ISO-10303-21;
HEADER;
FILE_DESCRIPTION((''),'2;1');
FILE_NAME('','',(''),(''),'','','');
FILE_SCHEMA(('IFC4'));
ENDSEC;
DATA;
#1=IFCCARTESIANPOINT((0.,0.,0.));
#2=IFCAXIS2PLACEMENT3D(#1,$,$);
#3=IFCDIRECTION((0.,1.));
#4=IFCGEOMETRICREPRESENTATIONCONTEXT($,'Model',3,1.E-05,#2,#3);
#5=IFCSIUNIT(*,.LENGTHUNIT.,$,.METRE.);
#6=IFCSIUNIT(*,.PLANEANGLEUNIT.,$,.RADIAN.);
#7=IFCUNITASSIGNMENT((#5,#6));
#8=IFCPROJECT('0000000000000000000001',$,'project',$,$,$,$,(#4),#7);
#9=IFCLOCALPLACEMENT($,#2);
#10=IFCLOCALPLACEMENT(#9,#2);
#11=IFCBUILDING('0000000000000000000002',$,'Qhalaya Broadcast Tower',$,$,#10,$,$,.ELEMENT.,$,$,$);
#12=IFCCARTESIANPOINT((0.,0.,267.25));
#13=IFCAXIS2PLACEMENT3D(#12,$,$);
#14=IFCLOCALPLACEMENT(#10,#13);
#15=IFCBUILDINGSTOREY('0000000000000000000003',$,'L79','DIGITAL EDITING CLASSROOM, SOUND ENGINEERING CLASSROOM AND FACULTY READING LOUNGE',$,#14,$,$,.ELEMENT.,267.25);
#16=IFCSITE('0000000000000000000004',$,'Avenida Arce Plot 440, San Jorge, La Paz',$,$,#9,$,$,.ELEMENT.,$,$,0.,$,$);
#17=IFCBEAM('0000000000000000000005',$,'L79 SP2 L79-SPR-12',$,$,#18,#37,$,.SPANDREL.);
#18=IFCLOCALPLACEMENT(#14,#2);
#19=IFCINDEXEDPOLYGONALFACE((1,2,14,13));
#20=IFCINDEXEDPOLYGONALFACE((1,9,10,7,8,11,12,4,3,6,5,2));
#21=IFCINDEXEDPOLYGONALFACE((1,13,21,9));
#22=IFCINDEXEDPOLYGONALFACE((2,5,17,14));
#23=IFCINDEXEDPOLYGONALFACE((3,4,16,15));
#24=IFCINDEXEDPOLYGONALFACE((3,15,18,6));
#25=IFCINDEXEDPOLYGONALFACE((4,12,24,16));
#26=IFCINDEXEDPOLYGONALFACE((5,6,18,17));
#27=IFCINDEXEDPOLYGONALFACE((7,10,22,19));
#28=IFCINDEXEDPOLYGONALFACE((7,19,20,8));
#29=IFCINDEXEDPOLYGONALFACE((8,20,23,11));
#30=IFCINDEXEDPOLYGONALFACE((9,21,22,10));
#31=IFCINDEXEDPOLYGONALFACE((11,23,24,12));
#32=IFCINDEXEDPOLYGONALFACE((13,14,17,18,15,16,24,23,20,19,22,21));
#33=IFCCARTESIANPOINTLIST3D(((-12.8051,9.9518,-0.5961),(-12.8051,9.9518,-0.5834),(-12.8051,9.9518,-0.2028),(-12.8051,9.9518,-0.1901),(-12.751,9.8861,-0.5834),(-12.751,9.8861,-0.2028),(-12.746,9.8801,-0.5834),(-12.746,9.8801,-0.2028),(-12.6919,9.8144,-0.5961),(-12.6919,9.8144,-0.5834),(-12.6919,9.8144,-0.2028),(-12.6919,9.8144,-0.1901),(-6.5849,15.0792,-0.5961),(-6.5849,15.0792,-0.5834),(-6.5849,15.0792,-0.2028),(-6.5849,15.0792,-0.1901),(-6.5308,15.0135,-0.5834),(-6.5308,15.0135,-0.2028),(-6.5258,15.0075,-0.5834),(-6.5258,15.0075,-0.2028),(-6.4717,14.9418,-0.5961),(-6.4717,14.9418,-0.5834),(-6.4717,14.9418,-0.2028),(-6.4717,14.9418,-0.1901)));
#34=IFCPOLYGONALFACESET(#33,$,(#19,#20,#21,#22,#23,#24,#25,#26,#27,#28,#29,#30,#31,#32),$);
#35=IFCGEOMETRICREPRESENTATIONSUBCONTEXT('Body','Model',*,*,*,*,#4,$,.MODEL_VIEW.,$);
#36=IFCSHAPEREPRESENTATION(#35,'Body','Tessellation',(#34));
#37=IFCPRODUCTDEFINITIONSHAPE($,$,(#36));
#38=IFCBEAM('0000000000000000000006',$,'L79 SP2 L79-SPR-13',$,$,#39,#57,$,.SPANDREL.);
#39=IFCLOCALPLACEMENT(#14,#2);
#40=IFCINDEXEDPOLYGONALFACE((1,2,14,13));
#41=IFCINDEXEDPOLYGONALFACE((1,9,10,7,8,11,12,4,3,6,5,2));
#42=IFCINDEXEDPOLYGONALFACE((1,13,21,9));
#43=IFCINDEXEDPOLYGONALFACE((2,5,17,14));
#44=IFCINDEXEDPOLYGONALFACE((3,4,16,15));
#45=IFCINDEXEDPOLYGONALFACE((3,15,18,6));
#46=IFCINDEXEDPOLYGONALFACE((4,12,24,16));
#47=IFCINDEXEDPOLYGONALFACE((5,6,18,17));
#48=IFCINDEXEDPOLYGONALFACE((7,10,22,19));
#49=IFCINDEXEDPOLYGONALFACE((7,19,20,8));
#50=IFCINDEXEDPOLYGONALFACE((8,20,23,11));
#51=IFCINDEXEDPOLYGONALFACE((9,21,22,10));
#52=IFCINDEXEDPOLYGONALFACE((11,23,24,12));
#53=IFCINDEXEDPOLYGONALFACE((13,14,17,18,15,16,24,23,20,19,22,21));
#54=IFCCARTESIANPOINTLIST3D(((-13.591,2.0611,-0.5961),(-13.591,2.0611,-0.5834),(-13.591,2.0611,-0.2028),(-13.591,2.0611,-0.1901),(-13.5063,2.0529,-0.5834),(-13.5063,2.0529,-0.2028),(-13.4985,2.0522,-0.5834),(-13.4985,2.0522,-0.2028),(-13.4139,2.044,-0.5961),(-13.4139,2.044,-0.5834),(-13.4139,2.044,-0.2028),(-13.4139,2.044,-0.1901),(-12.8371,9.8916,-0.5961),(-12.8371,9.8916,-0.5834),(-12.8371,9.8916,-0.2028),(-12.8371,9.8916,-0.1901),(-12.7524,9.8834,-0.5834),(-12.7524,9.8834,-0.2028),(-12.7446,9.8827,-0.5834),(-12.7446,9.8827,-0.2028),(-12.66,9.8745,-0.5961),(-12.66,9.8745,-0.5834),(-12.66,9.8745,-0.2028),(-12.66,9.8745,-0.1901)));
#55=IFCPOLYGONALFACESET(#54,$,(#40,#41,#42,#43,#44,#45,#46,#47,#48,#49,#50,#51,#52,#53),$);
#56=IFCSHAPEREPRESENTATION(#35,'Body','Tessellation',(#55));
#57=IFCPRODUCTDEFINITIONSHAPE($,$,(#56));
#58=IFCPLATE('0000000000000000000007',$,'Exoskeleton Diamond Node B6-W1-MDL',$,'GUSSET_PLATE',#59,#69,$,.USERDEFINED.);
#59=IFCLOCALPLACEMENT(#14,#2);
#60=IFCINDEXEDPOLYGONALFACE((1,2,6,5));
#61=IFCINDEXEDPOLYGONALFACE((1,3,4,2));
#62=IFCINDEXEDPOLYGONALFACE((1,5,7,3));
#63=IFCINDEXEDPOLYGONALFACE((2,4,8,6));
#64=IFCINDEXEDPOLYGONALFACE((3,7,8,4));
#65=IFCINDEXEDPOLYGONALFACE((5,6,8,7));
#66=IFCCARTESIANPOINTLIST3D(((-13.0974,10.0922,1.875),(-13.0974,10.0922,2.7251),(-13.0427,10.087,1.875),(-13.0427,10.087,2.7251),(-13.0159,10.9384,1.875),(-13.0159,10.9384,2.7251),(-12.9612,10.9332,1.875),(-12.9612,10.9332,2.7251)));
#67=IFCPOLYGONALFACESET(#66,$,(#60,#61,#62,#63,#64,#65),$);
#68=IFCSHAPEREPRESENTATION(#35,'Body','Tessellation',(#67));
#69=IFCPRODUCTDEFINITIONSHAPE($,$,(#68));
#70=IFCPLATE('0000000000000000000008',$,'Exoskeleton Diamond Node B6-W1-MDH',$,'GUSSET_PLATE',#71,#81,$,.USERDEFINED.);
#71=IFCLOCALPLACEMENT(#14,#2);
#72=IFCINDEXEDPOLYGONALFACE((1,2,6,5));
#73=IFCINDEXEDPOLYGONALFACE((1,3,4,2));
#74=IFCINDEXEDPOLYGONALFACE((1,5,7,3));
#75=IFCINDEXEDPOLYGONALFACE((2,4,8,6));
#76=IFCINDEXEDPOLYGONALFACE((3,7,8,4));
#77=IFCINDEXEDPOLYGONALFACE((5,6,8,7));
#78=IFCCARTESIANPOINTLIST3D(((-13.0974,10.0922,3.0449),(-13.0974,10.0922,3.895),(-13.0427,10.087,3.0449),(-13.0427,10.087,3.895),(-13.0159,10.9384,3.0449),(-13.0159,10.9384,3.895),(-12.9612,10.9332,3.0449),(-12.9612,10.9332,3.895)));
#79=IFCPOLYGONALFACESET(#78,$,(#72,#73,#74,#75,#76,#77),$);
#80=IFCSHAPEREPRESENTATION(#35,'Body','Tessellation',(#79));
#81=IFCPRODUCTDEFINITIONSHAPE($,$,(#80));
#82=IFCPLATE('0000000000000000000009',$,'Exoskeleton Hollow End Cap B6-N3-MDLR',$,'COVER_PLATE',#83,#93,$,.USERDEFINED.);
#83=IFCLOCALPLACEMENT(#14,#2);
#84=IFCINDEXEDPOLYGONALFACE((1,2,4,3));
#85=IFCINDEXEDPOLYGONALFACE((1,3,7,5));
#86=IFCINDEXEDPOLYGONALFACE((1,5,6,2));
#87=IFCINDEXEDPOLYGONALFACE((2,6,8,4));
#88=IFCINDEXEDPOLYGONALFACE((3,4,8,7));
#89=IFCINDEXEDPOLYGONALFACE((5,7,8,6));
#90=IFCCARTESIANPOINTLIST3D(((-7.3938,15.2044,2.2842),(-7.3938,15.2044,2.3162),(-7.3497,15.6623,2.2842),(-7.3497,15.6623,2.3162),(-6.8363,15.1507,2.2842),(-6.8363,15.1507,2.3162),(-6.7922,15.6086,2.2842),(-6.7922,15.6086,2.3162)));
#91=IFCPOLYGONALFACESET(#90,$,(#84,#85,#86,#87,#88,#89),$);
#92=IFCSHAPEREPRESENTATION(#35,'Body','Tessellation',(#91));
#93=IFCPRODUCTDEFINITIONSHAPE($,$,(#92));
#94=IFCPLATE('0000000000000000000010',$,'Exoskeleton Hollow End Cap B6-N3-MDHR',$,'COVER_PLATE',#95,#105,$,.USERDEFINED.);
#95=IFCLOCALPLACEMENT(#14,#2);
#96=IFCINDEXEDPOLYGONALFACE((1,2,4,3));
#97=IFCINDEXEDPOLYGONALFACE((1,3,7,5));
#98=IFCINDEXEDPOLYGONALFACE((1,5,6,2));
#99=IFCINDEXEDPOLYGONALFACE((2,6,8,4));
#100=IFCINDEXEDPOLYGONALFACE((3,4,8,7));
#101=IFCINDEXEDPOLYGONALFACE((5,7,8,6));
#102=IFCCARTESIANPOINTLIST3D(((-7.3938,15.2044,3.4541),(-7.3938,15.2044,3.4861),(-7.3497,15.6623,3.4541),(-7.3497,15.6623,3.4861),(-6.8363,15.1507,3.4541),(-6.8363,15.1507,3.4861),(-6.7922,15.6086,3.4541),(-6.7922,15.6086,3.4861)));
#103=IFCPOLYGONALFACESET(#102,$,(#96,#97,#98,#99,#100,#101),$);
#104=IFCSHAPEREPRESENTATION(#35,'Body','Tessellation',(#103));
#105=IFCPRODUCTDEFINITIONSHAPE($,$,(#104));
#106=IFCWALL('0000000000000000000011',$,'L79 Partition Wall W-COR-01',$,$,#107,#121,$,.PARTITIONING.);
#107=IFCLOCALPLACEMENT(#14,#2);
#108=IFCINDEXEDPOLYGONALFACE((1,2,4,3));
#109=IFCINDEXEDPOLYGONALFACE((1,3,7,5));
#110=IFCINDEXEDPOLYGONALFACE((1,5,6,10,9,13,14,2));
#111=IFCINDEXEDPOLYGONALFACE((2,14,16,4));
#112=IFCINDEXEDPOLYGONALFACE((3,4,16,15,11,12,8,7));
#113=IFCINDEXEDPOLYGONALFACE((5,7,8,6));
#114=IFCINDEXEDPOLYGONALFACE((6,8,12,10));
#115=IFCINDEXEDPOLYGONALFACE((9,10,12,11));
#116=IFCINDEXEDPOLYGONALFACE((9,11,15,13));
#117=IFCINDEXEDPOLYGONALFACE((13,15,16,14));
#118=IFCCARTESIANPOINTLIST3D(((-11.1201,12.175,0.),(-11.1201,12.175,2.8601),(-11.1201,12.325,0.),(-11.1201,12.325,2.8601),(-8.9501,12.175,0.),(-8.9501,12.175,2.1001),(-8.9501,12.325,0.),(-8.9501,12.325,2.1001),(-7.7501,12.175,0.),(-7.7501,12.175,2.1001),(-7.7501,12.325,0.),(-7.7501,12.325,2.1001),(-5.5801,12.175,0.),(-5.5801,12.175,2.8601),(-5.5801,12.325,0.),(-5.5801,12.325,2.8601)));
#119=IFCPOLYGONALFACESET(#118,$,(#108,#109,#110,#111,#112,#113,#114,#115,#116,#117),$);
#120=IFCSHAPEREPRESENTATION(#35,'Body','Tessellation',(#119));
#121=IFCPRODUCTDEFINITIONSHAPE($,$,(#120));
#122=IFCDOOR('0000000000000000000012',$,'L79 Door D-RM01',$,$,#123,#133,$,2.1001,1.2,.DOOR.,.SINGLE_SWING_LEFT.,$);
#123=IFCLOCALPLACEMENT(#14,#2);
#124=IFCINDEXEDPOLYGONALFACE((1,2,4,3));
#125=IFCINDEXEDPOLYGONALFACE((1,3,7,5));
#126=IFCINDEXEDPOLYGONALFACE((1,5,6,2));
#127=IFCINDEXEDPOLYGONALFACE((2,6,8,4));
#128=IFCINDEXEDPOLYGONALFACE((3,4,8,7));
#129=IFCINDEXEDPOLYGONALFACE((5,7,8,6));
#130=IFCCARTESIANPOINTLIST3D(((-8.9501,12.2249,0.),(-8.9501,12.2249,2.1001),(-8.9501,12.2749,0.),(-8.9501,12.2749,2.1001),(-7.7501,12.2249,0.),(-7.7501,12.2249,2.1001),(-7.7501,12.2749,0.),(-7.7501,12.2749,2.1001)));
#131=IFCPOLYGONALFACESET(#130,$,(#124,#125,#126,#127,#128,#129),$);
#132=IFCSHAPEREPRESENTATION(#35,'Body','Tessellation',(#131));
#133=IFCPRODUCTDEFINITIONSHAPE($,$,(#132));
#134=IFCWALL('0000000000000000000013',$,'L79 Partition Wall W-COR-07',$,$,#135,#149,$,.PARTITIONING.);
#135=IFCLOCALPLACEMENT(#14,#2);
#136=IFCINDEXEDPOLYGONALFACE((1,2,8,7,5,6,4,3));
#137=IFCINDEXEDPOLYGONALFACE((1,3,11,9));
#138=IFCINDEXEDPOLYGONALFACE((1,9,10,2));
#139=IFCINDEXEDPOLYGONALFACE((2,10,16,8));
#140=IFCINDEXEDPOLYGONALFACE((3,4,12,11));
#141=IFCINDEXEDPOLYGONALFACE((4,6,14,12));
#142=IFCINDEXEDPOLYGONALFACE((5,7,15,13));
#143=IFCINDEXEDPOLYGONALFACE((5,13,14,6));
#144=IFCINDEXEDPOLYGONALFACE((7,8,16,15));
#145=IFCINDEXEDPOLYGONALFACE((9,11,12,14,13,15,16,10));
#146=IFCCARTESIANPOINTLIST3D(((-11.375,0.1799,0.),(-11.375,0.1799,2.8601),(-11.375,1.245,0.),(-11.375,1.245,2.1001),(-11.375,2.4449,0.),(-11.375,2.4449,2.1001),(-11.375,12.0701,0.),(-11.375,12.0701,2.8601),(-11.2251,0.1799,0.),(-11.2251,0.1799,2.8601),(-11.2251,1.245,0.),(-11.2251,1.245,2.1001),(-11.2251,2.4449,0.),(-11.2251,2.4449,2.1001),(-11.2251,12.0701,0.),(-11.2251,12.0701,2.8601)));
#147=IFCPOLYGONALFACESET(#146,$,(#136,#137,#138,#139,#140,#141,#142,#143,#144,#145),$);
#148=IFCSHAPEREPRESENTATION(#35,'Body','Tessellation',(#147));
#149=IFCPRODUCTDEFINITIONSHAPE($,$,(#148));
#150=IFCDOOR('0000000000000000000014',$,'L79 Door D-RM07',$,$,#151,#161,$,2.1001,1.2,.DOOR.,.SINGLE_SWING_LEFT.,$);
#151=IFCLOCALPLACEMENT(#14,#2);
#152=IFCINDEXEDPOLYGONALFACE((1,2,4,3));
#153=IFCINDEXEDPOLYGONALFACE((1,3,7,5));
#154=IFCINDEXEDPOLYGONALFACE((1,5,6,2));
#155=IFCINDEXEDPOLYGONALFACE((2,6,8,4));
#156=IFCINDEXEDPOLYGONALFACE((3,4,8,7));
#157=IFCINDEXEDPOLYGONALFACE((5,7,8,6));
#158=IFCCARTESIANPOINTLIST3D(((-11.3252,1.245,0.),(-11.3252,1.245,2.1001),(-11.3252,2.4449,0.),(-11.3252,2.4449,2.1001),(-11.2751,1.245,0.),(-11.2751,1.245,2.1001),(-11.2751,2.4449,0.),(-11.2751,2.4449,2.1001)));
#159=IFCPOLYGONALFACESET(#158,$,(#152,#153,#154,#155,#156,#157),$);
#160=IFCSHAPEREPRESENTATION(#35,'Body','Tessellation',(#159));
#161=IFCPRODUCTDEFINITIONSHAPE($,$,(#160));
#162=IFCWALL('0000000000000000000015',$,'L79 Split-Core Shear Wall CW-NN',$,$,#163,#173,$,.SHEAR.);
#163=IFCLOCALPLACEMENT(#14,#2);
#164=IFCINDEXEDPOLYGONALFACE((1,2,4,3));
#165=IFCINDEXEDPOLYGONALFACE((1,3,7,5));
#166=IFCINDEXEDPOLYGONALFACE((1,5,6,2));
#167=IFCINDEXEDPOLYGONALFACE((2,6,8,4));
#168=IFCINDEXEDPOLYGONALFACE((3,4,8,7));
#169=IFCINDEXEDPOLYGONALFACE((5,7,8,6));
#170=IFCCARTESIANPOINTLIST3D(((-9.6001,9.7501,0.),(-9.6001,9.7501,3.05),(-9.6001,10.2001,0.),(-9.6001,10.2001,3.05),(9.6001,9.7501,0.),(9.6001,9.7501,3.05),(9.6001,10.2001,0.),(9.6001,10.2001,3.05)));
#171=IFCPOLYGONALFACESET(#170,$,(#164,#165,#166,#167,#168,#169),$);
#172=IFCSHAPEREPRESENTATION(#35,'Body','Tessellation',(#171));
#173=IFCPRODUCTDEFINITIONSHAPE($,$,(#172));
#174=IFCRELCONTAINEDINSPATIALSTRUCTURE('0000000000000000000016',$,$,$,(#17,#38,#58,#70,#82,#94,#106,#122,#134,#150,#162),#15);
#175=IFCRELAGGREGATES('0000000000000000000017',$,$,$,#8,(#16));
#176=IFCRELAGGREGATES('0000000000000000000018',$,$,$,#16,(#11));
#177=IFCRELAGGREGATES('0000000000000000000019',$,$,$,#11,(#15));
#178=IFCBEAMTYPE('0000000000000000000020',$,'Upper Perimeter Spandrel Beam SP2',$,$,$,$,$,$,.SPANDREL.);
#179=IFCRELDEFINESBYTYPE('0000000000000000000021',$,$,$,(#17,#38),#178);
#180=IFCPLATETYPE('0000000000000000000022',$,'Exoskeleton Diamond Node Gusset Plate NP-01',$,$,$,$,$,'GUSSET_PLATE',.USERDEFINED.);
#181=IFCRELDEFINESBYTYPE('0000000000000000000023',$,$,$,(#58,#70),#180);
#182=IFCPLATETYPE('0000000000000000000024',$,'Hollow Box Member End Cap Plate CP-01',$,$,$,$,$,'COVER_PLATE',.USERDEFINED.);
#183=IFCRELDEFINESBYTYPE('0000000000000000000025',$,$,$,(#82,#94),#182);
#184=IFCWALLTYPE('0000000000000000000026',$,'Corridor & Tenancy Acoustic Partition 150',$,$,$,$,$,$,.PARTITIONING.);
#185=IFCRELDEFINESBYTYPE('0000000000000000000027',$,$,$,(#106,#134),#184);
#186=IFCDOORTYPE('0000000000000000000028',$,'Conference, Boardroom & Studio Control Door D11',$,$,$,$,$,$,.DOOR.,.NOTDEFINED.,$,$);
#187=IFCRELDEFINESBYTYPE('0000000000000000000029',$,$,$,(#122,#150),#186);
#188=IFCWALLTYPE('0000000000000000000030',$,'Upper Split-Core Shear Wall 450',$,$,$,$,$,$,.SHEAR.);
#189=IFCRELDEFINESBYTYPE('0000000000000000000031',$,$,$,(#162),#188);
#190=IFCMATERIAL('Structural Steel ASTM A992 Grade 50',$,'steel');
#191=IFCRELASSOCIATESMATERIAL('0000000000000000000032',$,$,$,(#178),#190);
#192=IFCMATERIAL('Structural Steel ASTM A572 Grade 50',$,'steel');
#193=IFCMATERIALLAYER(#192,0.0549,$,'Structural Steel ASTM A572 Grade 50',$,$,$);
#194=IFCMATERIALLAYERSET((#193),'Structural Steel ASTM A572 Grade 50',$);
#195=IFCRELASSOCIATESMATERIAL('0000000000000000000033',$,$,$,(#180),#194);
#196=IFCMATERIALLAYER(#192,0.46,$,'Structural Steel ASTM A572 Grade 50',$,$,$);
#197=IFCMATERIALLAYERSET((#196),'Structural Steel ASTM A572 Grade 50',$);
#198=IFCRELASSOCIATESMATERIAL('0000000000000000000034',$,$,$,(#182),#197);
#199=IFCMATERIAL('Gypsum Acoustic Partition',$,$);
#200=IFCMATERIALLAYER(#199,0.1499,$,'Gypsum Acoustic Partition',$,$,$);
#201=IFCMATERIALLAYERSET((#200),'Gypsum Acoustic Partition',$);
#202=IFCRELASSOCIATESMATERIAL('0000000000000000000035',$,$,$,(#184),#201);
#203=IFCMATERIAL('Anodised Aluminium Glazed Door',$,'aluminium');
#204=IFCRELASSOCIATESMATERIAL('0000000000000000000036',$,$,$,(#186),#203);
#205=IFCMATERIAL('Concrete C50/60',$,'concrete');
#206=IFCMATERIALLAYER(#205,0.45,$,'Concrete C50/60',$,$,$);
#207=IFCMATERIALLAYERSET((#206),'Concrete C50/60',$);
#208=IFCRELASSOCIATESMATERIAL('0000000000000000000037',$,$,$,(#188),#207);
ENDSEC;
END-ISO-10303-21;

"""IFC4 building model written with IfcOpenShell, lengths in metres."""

from ifc_helpers import new_model, si_unit, direction, frame, frame_2d, origin, origin_2d, place, context, subcontext, project, spatial, rectangle, i_section, extrude, material, layer, layer_set, material_profile, profile_set, type_object, element, fill, save


model = new_model("IFC4")

# Units and contexts
model_context = context("Model", 3, precision=1e-05, world=origin(), true_north=direction((0.0, 1.0)))
body_context = subcontext(model_context, "Body", "Model", "MODEL_VIEW")
ifc_project = project(units=[si_unit("LENGTHUNIT", "METRE"), si_unit("PLANEANGLEUNIT", "RADIAN")], contexts=[model_context])

# Site, building, storey
site_placement = place(None, origin())
site = spatial("IfcSite", under=ifc_project, at=site_placement, Name="Avenida Arce Plot 440, San Jorge, La Paz", CompositionType="ELEMENT", RefElevation=0.0)
building_placement = place(site_placement, origin())
building = spatial("IfcBuilding", under=site, at=building_placement, Name="Qhalaya Broadcast Tower", CompositionType="ELEMENT")
storey_placement = place(building_placement, frame((0.0, 0.0, 267.25)))
storey = spatial("IfcBuildingStorey", under=building, at=storey_placement, Name="L79", Description="DIGITAL EDITING CLASSROOM, SOUND ENGINEERING CLASSROOM AND FACULTY READING LOUNGE", CompositionType="ELEMENT", Elevation=267.25)

# Shared definitions
ifc_material_1 = material(Name="Concrete C50/60", Category="concrete")
ifc_material_2 = material(Name="Structural Steel ASTM A572 Grade 50", Category="steel")

# Shared definitions
ifc_material_3 = material(Name="Structural Steel ASTM A992 Grade 50", Category="steel")

# Beams
ifc_material_profile_1 = material_profile(ifc_material_3, i_section(OverallWidth=0.178, OverallDepth=0.406, WebThickness=0.0078, FlangeThickness=0.0127, at=origin_2d()), Name="W16X40")
ifc_profile_set_1 = profile_set([ifc_material_profile_1], Name="Structural Steel ASTM A992 Grade 50")
beam_type_1 = type_object("IfcBeamType", Name="Upper Perimeter Spandrel Beam SP2", PredefinedType="SPANDREL", material=ifc_profile_set_1)
beam_1_placement = place(storey_placement, frame((-6.5283, 15.0105, -0.3931), z_axis=(-0.771631, -0.63607, 0.0), x_axis=(0.63607, -0.771631, 0.0)))
element("IfcBeam", 1, at=beam_1_placement, inside=storey, type_object=beam_type_1, Name="L79 SP2 L79-SPR-12", PredefinedType="SPANDREL", context=body_context, shape_type="SweptSolid", body=[
    extrude(i_section(OverallWidth=0.178, OverallDepth=0.406, WebThickness=0.0078, FlangeThickness=0.0127, at=origin_2d()), origin(), (0.0, 0.0, 1.0), 8.061),
])
beam_2_placement = place(storey_placement, frame((-12.7485, 9.8831, -0.3931), z_axis=(-0.095834, -0.995397, 0.0), x_axis=(0.995397, -0.095834, 0.0)))
element("IfcBeam", 2, at=beam_2_placement, inside=storey, type_object=beam_type_1, Name="L79 SP2 L79-SPR-13", PredefinedType="SPANDREL", context=body_context, shape_type="SweptSolid", body=[
    extrude(i_section(OverallWidth=0.178, OverallDepth=0.406, WebThickness=0.0078, FlangeThickness=0.0127, at=origin_2d()), origin(), (0.0, 0.0, 1.0), 7.8667),
])

# Plates
ifc_layer_1 = layer(ifc_material_2, 0.0549, Name="Structural Steel ASTM A572 Grade 50")
ifc_layer_set_1 = layer_set([ifc_layer_1], Name="Structural Steel ASTM A572 Grade 50")
plate_type_1 = type_object("IfcPlateType", Name="Exoskeleton Diamond Node Gusset Plate NP-01", ElementType="GUSSET_PLATE", PredefinedType="USERDEFINED", material=ifc_layer_set_1)
for number, where, z_axis, x_axis, name in (
    (3, (-13.0293, 10.5127, 1.875), (0.0, 0.0, 1.0), (0.095846, 0.995396, 0.0), "Exoskeleton Diamond Node B6-W1-MDL"),
    (4, (-13.0293, 10.5127, 3.0449), (0.0, 0.0, 1.0), (0.095846, 0.995396, 0.0), "Exoskeleton Diamond Node B6-W1-MDH"),
):
    element("IfcPlate", number, at=place(storey_placement, frame(where, z_axis=z_axis, x_axis=x_axis)), inside=storey, type_object=plate_type_1, Name=name, ObjectType="GUSSET_PLATE", PredefinedType="USERDEFINED", context=body_context, shape_type="SweptSolid", body=[
        extrude(rectangle(XDim=0.8501, YDim=0.0549, at=origin_2d()), origin(), (0.0, 0.0, 1.0), 0.8501),
    ])
ifc_layer_2 = layer(ifc_material_2, 0.46, Name="Structural Steel ASTM A572 Grade 50")
ifc_layer_set_2 = layer_set([ifc_layer_2], Name="Structural Steel ASTM A572 Grade 50")
plate_type_2 = type_object("IfcPlateType", Name="Hollow Box Member End Cap Plate CP-01", ElementType="COVER_PLATE", PredefinedType="USERDEFINED", material=ifc_layer_set_2)
for number, where, z_axis, x_axis, name in (
    (5, (-7.093, 15.4065, 2.2842), (0.0, 0.0, 1.0), (0.995396, -0.095846, 0.0), "Exoskeleton Hollow End Cap B6-N3-MDLR"),
    (6, (-7.093, 15.4065, 3.4541), (0.0, 0.0, 1.0), (0.995396, -0.095846, 0.0), "Exoskeleton Hollow End Cap B6-N3-MDHR"),
):
    element("IfcPlate", number, at=place(storey_placement, frame(where, z_axis=z_axis, x_axis=x_axis)), inside=storey, type_object=plate_type_2, Name=name, ObjectType="COVER_PLATE", PredefinedType="USERDEFINED", context=body_context, shape_type="SweptSolid", body=[
        extrude(rectangle(XDim=0.5601, YDim=0.46, at=origin_2d()), origin(), (0.0, 0.0, 1.0), 0.032),
    ])

# Walls, openings, doors
ifc_material_4 = material(Name="Gypsum Acoustic Partition")
ifc_layer_3 = layer(ifc_material_4, 0.1499, Name="Gypsum Acoustic Partition")
ifc_layer_set_3 = layer_set([ifc_layer_3], Name="Gypsum Acoustic Partition")
wall_type_1 = type_object("IfcWallType", Name="Corridor & Tenancy Acoustic Partition 150", PredefinedType="PARTITIONING", material=ifc_layer_set_3)
wall_1_placement = place(storey_placement, frame((-11.1201, 12.25, 0.0), z_axis=(0.0, 0.0, 1.0), x_axis=(1.0, 0.0, 0.0)))
wall_1 = element("IfcWall", 7, at=wall_1_placement, inside=storey, type_object=wall_type_1, Name="L79 Partition Wall W-COR-01", PredefinedType="PARTITIONING", context=body_context, shape_type="SweptSolid", body=[
    extrude(rectangle(XDim=5.54, YDim=0.1499, at=frame_2d((2.77, 0.0))), origin(), (0.0, 0.0, 1.0), 2.8601),
])
opening_1_placement = place(wall_1_placement, frame((2.1699, 0.0, 0.0)))
opening_1 = element("IfcOpeningElement", 8, at=opening_1_placement, cuts=wall_1, PredefinedType="OPENING", context=body_context, shape_type="SweptSolid", body=[
    extrude(rectangle(XDim=1.2, YDim=2.1001, at=frame_2d((0.6001, 1.05))), frame((0.0, 0.0869, 0.0), z_axis=(0.0, -1.0, 0.0), x_axis=(1.0, 0.0, 0.0)), (0.0, 0.0, 1.0), 0.1738),
])
ifc_material_5 = material(Name="Anodised Aluminium Glazed Door", Category="aluminium")
door_type = type_object("IfcDoorType", Name="Conference, Boardroom & Studio Control Door D11", OperationType="NOTDEFINED", PredefinedType="DOOR", material=ifc_material_5)
door_1_placement = place(opening_1_placement, origin())
door_1 = element("IfcDoor", 9, at=door_1_placement, inside=storey, type_object=door_type, Name="L79 Door D-RM01", OperationType="SINGLE_SWING_LEFT", OverallHeight=2.1001, OverallWidth=1.2, PredefinedType="DOOR", context=body_context, shape_type="SweptSolid", body=[
    extrude(rectangle(XDim=1.2, YDim=2.1001, at=frame_2d((0.6001, 1.05))), frame((0.0, 0.0249, 0.0), z_axis=(0.0, -1.0, 0.0), x_axis=(1.0, 0.0, 0.0)), (0.0, 0.0, 1.0), 0.05),
])
fill(opening_1, door_1)
wall_2_placement = place(storey_placement, frame((-11.3, 12.0701, 0.0), z_axis=(0.0, 0.0, 1.0), x_axis=(0.0, -1.0, 0.0)))
wall_2 = element("IfcWall", 10, at=wall_2_placement, inside=storey, type_object=wall_type_1, Name="L79 Partition Wall W-COR-07", PredefinedType="PARTITIONING", context=body_context, shape_type="SweptSolid", body=[
    extrude(rectangle(XDim=11.8901, YDim=0.1499, at=frame_2d((5.9451, 0.0))), origin(), (0.0, 0.0, 1.0), 2.8601),
])
opening_2_placement = place(wall_2_placement, frame((9.625, 0.0, 0.0)))
opening_2 = element("IfcOpeningElement", 11, at=opening_2_placement, cuts=wall_2, PredefinedType="OPENING", context=body_context, shape_type="SweptSolid", body=[
    extrude(rectangle(XDim=1.2, YDim=2.1001, at=frame_2d((0.6001, 1.05))), frame((0.0, 0.0869, 0.0), z_axis=(0.0, -1.0, 0.0), x_axis=(1.0, 0.0, 0.0)), (0.0, 0.0, 1.0), 0.1738),
])
door_2_placement = place(opening_2_placement, origin())
door_2 = element("IfcDoor", 12, at=door_2_placement, inside=storey, type_object=door_type, Name="L79 Door D-RM07", OperationType="SINGLE_SWING_LEFT", OverallHeight=2.1001, OverallWidth=1.2, PredefinedType="DOOR", context=body_context, shape_type="SweptSolid", body=[
    extrude(rectangle(XDim=1.2, YDim=2.1001, at=frame_2d((0.6001, 1.05))), frame((0.0, 0.0249, 0.0), z_axis=(0.0, -1.0, 0.0), x_axis=(1.0, 0.0, 0.0)), (0.0, 0.0, 1.0), 0.05),
])
fill(opening_2, door_2)

# Wall
ifc_layer_4 = layer(ifc_material_1, 0.45, Name="Concrete C50/60")
ifc_layer_set_4 = layer_set([ifc_layer_4], Name="Concrete C50/60")
wall_type_2 = type_object("IfcWallType", Name="Upper Split-Core Shear Wall 450", PredefinedType="SHEAR", material=ifc_layer_set_4)
wall_3_placement = place(storey_placement, frame((-9.6001, 9.9751, 0.0), z_axis=(0.0, 0.0, 1.0), x_axis=(1.0, 0.0, 0.0)))
element("IfcWall", 13, at=wall_3_placement, inside=storey, type_object=wall_type_2, Name="L79 Split-Core Shear Wall CW-NN", PredefinedType="SHEAR", context=body_context, shape_type="SweptSolid", body=[
    extrude(rectangle(XDim=19.2002, YDim=0.45, at=frame_2d((9.6001, 0.0))), origin(), (0.0, 0.0, 1.0), 3.05),
])

save(model, "model.ifc")
